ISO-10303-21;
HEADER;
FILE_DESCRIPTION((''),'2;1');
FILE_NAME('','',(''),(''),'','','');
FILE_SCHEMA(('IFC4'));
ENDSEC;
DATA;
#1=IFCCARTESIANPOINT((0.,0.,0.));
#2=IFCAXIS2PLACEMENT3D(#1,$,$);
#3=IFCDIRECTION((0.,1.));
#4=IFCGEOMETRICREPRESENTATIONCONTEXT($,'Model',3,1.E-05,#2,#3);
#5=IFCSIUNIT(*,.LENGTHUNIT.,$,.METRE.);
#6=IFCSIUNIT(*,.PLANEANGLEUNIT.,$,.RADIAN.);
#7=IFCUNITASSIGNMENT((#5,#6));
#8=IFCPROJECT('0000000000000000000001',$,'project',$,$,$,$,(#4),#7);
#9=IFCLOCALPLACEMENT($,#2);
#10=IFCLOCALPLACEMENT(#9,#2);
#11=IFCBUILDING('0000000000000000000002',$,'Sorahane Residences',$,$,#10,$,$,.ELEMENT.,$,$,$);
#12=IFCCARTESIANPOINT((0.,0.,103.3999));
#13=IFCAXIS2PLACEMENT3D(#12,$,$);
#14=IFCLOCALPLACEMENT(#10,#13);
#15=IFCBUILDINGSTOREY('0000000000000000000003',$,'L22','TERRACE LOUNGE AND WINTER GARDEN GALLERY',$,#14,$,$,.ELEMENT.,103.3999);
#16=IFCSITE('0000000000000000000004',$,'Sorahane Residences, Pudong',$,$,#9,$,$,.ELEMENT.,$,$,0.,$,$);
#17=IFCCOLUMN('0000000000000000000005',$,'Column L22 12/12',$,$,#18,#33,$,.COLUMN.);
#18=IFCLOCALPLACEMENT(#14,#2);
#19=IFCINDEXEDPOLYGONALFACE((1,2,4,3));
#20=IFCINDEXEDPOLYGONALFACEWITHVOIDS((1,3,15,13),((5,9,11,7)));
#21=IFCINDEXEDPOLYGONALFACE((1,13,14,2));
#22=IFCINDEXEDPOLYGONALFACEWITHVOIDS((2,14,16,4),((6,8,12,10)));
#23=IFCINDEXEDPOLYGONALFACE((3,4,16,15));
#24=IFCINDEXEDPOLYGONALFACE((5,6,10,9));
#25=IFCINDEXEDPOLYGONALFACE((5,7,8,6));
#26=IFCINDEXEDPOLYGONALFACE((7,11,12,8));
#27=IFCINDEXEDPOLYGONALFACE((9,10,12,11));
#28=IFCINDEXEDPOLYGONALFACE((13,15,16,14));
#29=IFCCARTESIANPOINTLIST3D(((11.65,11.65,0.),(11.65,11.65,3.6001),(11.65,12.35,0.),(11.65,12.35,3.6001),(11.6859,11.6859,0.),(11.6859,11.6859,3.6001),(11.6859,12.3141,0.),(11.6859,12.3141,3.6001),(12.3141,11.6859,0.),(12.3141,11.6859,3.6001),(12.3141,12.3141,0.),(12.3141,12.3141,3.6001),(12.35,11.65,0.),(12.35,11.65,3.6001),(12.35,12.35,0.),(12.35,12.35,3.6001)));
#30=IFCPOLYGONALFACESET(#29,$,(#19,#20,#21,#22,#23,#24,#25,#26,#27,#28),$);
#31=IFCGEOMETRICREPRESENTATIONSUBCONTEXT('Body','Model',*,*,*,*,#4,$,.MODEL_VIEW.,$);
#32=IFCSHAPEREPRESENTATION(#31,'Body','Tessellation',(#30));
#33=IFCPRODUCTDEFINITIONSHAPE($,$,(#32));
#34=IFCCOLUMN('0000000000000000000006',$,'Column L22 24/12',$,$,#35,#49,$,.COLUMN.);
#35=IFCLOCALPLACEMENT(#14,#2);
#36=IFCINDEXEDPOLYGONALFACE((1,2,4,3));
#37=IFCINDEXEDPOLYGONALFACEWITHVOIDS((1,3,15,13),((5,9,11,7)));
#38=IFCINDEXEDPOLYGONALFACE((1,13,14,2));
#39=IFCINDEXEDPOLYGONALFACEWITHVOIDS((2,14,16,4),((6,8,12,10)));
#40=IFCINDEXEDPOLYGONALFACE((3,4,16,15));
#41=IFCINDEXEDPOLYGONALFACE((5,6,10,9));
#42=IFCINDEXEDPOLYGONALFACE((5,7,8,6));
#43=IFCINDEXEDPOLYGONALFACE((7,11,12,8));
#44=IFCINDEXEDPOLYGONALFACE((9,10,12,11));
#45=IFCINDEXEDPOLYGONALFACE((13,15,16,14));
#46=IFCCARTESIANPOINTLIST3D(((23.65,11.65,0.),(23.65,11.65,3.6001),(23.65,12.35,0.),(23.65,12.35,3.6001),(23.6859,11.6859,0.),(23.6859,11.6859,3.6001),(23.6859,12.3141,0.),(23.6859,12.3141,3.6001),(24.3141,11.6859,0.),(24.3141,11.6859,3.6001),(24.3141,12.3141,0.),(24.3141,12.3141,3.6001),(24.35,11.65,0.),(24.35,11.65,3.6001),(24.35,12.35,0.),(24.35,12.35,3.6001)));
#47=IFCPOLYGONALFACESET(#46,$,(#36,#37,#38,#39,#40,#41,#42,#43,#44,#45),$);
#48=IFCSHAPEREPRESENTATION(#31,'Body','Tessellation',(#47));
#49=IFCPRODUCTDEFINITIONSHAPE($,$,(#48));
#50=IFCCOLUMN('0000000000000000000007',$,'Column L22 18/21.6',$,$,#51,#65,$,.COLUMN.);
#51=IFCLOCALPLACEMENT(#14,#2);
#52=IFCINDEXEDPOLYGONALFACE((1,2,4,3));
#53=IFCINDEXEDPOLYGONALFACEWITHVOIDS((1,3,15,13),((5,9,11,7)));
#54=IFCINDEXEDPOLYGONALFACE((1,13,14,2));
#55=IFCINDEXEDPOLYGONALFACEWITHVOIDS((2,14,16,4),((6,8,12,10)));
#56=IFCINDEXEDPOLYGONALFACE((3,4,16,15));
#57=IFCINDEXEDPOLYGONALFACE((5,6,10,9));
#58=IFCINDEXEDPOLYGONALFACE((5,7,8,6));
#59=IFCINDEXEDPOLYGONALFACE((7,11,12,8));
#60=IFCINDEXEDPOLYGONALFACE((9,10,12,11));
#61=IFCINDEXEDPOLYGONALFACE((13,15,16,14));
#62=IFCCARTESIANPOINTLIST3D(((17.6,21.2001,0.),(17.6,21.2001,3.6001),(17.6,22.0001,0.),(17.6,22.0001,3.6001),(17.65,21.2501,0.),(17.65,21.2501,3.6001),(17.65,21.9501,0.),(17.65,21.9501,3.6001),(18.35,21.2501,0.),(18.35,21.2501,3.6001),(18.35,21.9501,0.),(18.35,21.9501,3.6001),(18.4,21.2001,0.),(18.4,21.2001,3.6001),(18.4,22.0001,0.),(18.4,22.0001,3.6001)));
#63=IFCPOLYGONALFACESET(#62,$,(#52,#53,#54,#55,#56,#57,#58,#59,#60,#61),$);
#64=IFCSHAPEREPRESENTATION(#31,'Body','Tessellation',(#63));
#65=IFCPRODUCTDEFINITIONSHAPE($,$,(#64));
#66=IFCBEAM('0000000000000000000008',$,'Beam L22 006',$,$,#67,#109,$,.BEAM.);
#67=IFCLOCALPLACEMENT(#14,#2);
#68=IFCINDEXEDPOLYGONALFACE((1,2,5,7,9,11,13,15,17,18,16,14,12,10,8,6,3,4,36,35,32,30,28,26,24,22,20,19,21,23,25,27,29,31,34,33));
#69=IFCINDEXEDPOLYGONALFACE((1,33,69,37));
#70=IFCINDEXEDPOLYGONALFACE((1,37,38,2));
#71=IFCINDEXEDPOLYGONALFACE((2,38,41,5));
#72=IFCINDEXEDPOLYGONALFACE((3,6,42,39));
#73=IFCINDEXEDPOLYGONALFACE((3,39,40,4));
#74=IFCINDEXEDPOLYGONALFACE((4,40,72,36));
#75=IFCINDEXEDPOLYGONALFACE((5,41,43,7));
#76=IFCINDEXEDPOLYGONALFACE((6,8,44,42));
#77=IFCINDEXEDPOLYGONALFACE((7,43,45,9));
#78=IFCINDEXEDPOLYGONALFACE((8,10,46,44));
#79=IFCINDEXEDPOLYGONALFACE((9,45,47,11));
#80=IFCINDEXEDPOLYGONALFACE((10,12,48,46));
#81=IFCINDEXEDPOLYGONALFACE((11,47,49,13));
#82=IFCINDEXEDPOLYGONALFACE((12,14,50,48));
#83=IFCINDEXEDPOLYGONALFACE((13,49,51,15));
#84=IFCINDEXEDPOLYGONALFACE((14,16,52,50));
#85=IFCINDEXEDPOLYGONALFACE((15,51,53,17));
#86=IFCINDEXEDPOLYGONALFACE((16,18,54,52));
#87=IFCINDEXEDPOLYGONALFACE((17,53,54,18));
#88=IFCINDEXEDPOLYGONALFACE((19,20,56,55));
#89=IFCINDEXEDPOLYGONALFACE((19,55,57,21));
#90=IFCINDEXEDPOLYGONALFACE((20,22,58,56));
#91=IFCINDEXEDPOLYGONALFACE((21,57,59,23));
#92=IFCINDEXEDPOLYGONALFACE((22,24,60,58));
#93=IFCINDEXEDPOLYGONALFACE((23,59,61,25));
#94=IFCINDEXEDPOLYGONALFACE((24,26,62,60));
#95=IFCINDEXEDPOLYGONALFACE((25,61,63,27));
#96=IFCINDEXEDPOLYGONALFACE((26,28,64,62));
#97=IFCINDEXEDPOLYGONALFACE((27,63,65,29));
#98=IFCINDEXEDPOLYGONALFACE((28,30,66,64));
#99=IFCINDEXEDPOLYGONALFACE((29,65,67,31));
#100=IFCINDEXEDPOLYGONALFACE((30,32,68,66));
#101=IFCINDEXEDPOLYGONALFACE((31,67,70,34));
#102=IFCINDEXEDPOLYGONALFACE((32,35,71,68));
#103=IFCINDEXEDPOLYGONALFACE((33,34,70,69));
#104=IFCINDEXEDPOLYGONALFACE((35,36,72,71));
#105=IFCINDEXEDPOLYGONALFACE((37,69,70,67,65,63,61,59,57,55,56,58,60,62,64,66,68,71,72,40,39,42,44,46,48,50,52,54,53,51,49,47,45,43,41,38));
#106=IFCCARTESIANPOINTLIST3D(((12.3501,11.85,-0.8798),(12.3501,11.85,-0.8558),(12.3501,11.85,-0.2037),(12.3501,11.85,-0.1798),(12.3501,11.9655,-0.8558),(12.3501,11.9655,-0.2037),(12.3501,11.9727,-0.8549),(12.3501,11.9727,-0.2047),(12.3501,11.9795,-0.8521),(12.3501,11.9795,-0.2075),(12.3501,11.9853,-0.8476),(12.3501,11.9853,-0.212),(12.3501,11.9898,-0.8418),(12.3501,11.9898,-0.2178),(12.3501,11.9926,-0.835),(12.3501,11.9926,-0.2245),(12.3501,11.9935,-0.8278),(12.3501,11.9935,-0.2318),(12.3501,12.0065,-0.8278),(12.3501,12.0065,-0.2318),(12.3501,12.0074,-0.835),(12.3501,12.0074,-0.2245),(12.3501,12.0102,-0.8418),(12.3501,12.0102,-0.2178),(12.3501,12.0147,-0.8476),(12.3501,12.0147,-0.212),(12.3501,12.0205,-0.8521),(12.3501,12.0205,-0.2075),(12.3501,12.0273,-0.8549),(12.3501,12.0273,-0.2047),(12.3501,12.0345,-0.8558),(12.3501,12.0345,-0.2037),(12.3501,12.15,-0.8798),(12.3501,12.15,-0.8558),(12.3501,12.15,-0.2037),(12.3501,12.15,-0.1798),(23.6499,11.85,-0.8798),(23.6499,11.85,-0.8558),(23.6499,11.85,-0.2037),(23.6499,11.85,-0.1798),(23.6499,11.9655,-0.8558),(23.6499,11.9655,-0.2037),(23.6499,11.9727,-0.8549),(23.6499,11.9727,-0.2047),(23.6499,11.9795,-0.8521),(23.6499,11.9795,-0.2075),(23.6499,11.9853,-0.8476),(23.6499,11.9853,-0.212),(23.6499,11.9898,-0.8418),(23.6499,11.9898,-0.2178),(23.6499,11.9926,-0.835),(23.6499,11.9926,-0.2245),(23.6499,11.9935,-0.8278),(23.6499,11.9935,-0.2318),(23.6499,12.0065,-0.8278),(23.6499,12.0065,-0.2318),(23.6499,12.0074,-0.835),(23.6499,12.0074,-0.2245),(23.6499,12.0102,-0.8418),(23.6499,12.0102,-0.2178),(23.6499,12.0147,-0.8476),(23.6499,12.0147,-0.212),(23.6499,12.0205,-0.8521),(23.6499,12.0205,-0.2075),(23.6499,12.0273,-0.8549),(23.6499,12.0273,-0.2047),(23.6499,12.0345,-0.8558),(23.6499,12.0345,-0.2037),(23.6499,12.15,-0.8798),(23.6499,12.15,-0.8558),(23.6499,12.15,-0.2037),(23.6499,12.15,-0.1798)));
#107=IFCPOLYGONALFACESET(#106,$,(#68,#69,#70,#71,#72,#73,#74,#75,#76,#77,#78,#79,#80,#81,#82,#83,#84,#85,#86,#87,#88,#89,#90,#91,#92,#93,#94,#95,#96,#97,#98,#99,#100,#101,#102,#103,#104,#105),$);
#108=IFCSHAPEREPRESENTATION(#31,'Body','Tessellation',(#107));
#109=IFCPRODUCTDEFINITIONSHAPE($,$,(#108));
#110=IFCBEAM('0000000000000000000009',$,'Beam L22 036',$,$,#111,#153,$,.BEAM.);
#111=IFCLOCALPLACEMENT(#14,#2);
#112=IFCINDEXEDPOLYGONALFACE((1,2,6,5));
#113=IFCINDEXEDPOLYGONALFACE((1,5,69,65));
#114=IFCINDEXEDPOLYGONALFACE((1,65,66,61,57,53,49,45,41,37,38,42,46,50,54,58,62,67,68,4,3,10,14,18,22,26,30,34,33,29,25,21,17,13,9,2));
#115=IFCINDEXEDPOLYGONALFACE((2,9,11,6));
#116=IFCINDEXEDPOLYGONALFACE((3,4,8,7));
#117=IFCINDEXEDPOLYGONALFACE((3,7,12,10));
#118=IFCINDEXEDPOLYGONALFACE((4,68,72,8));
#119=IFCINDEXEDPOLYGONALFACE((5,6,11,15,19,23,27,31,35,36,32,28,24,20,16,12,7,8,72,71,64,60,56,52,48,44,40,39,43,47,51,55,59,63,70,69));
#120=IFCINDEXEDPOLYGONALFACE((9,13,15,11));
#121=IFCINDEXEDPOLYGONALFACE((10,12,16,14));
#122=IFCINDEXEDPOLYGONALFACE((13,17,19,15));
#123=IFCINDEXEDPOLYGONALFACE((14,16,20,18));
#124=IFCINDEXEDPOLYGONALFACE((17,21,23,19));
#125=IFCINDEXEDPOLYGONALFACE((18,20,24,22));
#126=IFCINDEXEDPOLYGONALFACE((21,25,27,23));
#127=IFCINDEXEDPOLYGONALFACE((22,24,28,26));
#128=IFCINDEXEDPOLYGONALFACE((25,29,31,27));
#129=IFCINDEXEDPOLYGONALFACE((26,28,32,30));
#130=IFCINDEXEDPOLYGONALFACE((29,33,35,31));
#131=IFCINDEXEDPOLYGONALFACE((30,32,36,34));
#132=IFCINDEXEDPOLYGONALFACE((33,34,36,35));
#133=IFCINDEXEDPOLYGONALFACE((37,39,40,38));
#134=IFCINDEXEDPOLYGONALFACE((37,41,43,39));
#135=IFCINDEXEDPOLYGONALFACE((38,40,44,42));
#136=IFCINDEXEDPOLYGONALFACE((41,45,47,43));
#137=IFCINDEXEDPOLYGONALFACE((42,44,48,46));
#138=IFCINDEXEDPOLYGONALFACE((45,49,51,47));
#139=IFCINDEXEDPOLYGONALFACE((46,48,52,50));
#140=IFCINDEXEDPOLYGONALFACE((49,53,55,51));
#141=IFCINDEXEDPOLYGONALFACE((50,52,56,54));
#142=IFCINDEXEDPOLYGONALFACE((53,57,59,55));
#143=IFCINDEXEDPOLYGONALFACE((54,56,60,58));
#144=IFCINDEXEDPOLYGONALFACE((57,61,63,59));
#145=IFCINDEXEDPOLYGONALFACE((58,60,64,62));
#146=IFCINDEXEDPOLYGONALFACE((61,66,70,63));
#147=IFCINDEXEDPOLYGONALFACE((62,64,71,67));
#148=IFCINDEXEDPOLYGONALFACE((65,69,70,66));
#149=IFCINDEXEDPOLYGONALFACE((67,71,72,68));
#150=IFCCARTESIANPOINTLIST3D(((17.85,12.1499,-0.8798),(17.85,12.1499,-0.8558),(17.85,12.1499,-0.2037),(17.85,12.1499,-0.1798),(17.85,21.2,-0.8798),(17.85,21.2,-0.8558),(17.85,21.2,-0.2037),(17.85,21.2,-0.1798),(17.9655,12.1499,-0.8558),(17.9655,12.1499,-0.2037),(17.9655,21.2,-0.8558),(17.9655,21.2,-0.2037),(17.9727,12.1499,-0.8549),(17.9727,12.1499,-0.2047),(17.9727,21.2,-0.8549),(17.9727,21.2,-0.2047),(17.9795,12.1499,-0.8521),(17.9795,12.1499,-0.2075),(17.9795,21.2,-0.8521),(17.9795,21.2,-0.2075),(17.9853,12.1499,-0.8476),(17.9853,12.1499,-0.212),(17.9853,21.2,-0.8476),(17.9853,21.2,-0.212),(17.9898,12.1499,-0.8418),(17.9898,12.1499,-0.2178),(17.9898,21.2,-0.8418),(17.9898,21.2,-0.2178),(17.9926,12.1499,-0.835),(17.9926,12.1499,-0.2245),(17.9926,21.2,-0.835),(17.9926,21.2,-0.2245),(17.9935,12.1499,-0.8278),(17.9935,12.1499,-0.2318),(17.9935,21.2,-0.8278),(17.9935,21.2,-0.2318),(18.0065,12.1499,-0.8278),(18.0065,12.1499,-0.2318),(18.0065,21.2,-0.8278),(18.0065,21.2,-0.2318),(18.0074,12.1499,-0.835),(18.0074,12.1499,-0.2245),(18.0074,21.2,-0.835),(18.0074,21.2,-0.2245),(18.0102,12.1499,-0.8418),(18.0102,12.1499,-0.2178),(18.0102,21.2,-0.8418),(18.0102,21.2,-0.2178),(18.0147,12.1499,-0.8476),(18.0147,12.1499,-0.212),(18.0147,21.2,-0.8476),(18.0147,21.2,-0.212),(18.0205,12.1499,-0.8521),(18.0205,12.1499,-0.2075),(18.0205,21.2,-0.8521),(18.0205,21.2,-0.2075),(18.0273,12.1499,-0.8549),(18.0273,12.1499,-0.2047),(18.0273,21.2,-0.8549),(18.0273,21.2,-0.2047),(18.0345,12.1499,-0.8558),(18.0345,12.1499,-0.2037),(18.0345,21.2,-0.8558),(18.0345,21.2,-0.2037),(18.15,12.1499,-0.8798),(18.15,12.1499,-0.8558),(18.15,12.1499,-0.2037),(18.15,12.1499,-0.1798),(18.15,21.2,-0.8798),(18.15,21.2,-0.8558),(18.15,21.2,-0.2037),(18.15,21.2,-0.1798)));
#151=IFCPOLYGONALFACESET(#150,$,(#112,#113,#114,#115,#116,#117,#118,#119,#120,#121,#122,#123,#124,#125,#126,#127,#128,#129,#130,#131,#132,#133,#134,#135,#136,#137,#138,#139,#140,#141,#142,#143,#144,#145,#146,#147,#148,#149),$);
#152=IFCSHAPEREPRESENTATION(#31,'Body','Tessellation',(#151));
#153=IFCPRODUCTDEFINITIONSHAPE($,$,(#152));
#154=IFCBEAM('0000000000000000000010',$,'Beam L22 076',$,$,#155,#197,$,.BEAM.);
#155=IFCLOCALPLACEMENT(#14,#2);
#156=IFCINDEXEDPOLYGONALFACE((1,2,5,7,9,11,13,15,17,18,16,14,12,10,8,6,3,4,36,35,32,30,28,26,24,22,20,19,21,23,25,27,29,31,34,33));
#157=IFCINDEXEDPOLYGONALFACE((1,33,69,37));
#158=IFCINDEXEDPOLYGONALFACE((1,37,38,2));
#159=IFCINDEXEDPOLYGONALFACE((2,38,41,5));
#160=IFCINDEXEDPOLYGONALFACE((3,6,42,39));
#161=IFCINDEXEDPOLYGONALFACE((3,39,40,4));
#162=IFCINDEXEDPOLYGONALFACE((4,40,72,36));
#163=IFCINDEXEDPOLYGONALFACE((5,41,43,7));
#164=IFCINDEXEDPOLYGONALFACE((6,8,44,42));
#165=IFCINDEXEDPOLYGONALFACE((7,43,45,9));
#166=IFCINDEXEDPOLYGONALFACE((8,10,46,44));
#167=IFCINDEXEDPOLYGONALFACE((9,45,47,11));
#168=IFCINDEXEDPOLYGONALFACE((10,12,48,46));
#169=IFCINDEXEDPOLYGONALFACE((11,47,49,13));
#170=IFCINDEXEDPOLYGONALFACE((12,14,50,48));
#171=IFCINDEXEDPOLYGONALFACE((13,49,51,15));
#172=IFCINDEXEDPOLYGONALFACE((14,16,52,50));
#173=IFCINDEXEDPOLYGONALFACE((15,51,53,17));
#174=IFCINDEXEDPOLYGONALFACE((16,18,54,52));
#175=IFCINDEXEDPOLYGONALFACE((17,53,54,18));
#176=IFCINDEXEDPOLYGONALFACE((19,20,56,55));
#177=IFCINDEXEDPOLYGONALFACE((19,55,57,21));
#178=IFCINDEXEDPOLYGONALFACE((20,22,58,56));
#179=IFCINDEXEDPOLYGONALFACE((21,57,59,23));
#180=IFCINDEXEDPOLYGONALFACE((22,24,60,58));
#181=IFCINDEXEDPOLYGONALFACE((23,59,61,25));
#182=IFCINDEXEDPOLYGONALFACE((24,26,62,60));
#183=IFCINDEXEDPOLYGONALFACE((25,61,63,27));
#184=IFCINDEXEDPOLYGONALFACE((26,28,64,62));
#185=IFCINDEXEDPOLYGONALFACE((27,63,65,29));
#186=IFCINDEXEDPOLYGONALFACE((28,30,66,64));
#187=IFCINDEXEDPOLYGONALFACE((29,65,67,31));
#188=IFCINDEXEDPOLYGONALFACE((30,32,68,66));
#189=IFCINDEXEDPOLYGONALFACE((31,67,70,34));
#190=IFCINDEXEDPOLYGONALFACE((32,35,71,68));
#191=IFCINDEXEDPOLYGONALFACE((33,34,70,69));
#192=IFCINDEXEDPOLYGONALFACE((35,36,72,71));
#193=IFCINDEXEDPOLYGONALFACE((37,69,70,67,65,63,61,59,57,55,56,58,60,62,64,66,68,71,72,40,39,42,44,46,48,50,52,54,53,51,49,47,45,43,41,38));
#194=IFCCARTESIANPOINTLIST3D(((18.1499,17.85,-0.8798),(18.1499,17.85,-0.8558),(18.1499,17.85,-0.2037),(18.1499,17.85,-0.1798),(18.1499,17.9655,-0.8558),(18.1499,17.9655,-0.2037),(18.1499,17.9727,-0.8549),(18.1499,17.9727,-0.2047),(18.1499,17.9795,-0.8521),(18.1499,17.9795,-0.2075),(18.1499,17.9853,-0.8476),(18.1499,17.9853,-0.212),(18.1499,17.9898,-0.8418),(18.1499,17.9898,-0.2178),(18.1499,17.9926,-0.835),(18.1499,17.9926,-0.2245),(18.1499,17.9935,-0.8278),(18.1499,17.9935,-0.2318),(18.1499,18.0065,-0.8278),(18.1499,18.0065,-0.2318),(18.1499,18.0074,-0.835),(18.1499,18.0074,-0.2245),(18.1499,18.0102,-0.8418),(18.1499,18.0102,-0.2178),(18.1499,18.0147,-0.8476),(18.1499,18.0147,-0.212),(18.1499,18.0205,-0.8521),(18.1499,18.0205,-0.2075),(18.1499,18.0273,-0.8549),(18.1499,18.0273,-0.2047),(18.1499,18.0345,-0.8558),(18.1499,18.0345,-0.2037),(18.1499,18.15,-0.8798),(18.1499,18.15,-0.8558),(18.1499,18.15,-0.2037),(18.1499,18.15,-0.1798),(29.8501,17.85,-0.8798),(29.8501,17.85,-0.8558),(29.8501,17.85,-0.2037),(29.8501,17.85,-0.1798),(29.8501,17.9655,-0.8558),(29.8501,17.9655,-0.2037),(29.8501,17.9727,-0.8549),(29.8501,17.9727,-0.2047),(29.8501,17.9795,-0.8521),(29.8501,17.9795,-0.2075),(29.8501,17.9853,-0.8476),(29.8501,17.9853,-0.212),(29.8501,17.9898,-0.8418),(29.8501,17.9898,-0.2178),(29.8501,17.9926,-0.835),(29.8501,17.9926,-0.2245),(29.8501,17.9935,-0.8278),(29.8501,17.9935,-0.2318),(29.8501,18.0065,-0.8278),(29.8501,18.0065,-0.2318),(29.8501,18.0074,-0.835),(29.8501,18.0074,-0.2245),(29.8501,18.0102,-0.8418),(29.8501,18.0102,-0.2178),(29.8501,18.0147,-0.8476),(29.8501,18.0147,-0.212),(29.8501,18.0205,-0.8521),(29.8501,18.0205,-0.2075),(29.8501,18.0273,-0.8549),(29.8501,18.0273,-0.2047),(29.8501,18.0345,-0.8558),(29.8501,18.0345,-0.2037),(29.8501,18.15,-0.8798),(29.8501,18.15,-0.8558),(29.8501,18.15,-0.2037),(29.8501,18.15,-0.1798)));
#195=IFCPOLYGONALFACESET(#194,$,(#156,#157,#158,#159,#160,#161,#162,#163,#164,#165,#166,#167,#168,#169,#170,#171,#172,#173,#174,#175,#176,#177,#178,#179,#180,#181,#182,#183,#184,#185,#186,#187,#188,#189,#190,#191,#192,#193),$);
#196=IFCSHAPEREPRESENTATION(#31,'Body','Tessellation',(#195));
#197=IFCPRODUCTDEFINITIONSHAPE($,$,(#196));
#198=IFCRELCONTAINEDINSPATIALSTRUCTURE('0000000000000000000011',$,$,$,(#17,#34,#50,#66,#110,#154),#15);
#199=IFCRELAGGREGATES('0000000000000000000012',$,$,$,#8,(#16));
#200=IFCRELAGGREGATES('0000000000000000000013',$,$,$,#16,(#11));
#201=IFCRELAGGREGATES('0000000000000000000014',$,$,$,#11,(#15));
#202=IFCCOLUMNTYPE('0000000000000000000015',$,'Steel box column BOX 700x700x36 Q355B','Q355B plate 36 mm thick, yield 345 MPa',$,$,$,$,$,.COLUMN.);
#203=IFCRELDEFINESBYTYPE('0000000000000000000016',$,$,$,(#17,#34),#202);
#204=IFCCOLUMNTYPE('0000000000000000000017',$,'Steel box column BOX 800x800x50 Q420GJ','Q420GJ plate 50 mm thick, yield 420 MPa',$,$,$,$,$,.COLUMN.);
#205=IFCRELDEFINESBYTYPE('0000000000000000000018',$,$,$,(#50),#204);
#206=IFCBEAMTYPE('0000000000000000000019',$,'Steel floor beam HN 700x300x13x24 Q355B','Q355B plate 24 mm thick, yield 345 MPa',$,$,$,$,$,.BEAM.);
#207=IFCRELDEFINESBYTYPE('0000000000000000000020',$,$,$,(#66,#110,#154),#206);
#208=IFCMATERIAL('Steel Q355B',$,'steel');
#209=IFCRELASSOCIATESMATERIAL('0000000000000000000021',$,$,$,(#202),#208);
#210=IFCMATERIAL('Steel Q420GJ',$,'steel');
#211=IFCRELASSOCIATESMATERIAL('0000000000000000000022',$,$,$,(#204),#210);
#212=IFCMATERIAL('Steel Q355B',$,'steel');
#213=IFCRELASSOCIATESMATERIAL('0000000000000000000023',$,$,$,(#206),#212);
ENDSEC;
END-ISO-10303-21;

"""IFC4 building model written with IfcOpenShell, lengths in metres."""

from ifc_helpers import new_model, si_unit, direction, frame, origin, origin_2d, place, context, subcontext, project, spatial, hollow_rectangle, i_section, extrude, material, material_profile, profile_set, type_object, element, save


model = new_model("IFC4")

# Units and contexts
model_context = context("Model", 3, precision=1e-05, world=origin(), true_north=direction((0.0, 1.0)))
body_context = subcontext(model_context, "Body", "Model", "MODEL_VIEW")
ifc_project = project(units=[si_unit("LENGTHUNIT", "METRE"), si_unit("PLANEANGLEUNIT", "RADIAN")], contexts=[model_context])

# Site, building, storey
site_placement = place(None, origin())
site = spatial("IfcSite", under=ifc_project, at=site_placement, Name="Sorahane Residences, Pudong", CompositionType="ELEMENT", RefElevation=0.0)
building_placement = place(site_placement, origin())
building = spatial("IfcBuilding", under=site, at=building_placement, Name="Sorahane Residences", CompositionType="ELEMENT")
storey_placement = place(building_placement, frame((0.0, 0.0, 103.3999)))
storey = spatial("IfcBuildingStorey", under=building, at=storey_placement, Name="L22", Description="TERRACE LOUNGE AND WINTER GARDEN GALLERY", CompositionType="ELEMENT", Elevation=103.3999)

# Columns
ifc_material_1 = material(Name="Steel Q355B", Category="steel")
ifc_material_profile_1 = material_profile(ifc_material_1, hollow_rectangle(XDim=0.7, YDim=0.7, WallThickness=0.0359, at=origin_2d()), Name="BOX 700x700x36")
ifc_profile_set_1 = profile_set([ifc_material_profile_1], Name="Steel Q355B")
column_type_1 = type_object("IfcColumnType", Name="Steel box column BOX 700x700x36 Q355B", Description="Q355B plate 36 mm thick, yield 345 MPa", PredefinedType="COLUMN", material=ifc_profile_set_1)
for number, where, z_axis, x_axis, name in (
    (1, (12.0, 12.0, 0.0), (0.0, 0.0, 1.0), (1.0, 0.0, 0.0), "Column L22 12/12"),
    (2, (24.0, 12.0, 0.0), (0.0, 0.0, 1.0), (1.0, 0.0, 0.0), "Column L22 24/12"),
):
    element("IfcColumn", number, at=place(storey_placement, frame(where, z_axis=z_axis, x_axis=x_axis)), inside=storey, type_object=column_type_1, Name=name, PredefinedType="COLUMN", context=body_context, shape_type="SweptSolid", body=[
        extrude(hollow_rectangle(XDim=0.7, YDim=0.7, WallThickness=0.0359, at=origin_2d()), origin(), (0.0, 0.0, 1.0), 3.6001),
    ])
ifc_material_2 = material(Name="Steel Q420GJ", Category="steel")
ifc_material_profile_2 = material_profile(ifc_material_2, hollow_rectangle(XDim=0.8, YDim=0.8, WallThickness=0.05, at=origin_2d()), Name="BOX 800x800x50")
ifc_profile_set_2 = profile_set([ifc_material_profile_2], Name="Steel Q420GJ")
column_type_2 = type_object("IfcColumnType", Name="Steel box column BOX 800x800x50 Q420GJ", Description="Q420GJ plate 50 mm thick, yield 420 MPa", PredefinedType="COLUMN", material=ifc_profile_set_2)
column_placement = place(storey_placement, frame((18.0, 21.6001, 0.0), z_axis=(0.0, 0.0, 1.0), x_axis=(1.0, 0.0, 0.0)))
element("IfcColumn", 3, at=column_placement, inside=storey, type_object=column_type_2, Name="Column L22 18/21.6", PredefinedType="COLUMN", context=body_context, shape_type="SweptSolid", body=[
    extrude(hollow_rectangle(XDim=0.8, YDim=0.8, WallThickness=0.05, at=origin_2d()), origin(), (0.0, 0.0, 1.0), 3.6001),
])

# Beams
ifc_material_3 = material(Name="Steel Q355B", Category="steel")
ifc_material_profile_3 = material_profile(ifc_material_3, i_section(OverallWidth=0.3, OverallDepth=0.7, WebThickness=0.0129, FlangeThickness=0.0239, FilletRadius=0.0281, at=origin_2d()), Name="HN 700x300x13x24")
ifc_profile_set_3 = profile_set([ifc_material_profile_3], Name="Steel Q355B")
beam_type = type_object("IfcBeamType", Name="Steel floor beam HN 700x300x13x24 Q355B", Description="Q355B plate 24 mm thick, yield 345 MPa", PredefinedType="BEAM", material=ifc_profile_set_3)
beam_1_placement = place(storey_placement, frame((12.3501, 12.0, -0.5298), z_axis=(1.0, 0.0, 0.0), x_axis=(0.0, 1.0, 0.0)))
element("IfcBeam", 4, at=beam_1_placement, inside=storey, type_object=beam_type, Name="Beam L22 006", PredefinedType="BEAM", context=body_context, shape_type="SweptSolid", body=[
    extrude(i_section(OverallWidth=0.3, OverallDepth=0.7, WebThickness=0.0129, FlangeThickness=0.0239, FilletRadius=0.0281, at=origin_2d()), origin(), (0.0, 0.0, 1.0), 11.2998),
])
beam_2_placement = place(storey_placement, frame((18.0, 12.1499, -0.5298), z_axis=(0.0, 1.0, 0.0), x_axis=(-1.0, 0.0, 0.0)))
element("IfcBeam", 5, at=beam_2_placement, inside=storey, type_object=beam_type, Name="Beam L22 036", PredefinedType="BEAM", context=body_context, shape_type="SweptSolid", body=[
    extrude(i_section(OverallWidth=0.3, OverallDepth=0.7, WebThickness=0.0129, FlangeThickness=0.0239, FilletRadius=0.0281, at=origin_2d()), origin(), (0.0, 0.0, 1.0), 9.05),
])
beam_3_placement = place(storey_placement, frame((18.1499, 18.0, -0.5298), z_axis=(1.0, 0.0, 0.0), x_axis=(0.0, 1.0, 0.0)))
element("IfcBeam", 6, at=beam_3_placement, inside=storey, type_object=beam_type, Name="Beam L22 076", PredefinedType="BEAM", context=body_context, shape_type="SweptSolid", body=[
    extrude(i_section(OverallWidth=0.3, OverallDepth=0.7, WebThickness=0.0129, FlangeThickness=0.0239, FilletRadius=0.0281, at=origin_2d()), origin(), (0.0, 0.0, 1.0), 11.7002),
])

save(model, "model.ifc")
